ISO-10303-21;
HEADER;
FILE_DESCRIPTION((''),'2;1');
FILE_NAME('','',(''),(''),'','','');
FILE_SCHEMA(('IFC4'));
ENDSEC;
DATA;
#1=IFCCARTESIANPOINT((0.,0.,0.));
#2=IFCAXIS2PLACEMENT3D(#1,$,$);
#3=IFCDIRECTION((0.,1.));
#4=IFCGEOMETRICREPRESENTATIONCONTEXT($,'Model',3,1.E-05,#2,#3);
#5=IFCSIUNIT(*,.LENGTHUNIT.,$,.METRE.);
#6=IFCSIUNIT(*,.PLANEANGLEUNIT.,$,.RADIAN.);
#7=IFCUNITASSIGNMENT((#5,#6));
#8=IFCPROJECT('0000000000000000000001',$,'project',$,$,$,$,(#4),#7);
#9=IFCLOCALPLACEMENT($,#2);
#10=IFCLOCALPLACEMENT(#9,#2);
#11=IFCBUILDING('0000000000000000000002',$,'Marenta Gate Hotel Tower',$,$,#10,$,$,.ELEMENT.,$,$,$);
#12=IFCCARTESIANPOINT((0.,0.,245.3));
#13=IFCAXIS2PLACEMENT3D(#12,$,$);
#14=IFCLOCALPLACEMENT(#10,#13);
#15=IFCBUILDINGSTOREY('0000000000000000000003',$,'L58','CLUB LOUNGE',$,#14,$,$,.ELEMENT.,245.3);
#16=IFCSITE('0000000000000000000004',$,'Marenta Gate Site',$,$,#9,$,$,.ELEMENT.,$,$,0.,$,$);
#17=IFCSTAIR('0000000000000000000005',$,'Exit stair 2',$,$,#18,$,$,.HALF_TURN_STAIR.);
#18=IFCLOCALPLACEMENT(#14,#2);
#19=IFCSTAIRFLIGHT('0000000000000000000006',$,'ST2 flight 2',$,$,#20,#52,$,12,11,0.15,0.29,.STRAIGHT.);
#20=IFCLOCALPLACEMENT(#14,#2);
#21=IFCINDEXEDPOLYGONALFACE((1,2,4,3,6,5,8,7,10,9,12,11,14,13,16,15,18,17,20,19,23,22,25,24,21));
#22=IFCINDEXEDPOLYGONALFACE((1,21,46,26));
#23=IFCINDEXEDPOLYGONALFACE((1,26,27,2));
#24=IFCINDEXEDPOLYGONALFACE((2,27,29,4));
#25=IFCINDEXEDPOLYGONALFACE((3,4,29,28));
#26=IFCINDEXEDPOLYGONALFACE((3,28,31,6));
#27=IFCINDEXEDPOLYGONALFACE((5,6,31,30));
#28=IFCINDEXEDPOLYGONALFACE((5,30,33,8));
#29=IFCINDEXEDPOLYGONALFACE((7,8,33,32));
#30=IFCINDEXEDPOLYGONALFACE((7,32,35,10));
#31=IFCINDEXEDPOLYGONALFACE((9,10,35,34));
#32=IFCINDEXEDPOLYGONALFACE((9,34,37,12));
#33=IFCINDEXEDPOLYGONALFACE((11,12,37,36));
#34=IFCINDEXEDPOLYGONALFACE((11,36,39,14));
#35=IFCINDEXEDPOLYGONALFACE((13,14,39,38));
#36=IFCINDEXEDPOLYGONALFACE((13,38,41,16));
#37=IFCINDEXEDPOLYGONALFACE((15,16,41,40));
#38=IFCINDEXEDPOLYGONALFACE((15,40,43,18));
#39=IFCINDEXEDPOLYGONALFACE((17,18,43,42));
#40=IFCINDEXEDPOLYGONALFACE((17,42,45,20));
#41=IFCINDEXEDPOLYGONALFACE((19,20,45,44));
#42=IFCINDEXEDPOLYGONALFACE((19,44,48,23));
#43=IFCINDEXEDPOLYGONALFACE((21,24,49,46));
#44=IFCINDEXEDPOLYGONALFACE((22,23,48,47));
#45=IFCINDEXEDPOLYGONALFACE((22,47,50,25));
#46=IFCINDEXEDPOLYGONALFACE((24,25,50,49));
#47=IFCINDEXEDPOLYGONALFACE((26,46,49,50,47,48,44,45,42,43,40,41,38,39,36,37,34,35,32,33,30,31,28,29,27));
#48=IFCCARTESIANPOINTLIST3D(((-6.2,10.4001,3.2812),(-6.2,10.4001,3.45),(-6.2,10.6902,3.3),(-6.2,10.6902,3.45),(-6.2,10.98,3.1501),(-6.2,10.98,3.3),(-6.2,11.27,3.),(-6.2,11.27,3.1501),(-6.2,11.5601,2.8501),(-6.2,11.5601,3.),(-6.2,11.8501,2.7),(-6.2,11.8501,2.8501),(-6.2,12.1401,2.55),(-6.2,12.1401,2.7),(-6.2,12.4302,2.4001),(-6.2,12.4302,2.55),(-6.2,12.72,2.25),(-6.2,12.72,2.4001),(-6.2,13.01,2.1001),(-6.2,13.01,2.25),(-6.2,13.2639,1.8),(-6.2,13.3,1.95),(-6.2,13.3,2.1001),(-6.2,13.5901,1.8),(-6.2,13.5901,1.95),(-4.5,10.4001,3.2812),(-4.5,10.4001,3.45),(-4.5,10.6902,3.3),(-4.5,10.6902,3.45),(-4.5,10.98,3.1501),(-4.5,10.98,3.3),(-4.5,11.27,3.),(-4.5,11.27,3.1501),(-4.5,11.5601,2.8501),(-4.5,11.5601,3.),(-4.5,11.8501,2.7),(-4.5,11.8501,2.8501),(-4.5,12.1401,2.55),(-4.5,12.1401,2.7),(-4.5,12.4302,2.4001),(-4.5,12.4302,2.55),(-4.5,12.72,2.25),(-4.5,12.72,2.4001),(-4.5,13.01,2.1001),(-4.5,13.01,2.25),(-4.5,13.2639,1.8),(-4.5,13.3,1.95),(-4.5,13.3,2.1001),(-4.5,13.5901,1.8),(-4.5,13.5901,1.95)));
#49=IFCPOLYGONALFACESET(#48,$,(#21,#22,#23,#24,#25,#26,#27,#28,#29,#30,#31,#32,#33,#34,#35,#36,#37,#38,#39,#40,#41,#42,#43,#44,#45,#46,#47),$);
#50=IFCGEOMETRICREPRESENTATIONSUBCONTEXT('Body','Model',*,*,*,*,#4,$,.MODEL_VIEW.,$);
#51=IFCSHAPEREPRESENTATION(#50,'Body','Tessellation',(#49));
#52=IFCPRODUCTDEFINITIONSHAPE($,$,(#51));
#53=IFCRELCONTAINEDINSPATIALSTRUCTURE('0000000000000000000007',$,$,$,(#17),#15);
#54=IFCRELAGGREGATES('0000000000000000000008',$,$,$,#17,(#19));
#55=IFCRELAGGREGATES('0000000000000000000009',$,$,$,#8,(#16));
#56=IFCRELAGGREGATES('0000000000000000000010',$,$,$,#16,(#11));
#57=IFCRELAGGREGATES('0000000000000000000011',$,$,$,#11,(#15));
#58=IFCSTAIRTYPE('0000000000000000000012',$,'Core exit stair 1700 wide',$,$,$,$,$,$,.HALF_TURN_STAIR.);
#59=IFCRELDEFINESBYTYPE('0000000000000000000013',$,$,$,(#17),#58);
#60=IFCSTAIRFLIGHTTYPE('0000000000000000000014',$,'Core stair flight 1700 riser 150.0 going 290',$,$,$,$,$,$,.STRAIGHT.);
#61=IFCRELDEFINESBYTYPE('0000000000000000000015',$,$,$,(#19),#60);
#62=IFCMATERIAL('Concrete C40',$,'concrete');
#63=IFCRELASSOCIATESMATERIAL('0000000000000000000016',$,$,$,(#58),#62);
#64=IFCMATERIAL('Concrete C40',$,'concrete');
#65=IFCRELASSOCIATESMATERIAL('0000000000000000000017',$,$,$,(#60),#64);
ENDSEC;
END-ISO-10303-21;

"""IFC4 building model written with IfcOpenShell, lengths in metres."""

from ifc_helpers import new_model, si_unit, direction, frame, origin, place, context, subcontext, project, spatial, polyline, outline, extrude, material, type_object, element, aggregate, save


model = new_model("IFC4")

# Units and contexts
model_context = context("Model", 3, precision=1e-05, world=origin(), true_north=direction((0.0, 1.0)))
body_context = subcontext(model_context, "Body", "Model", "MODEL_VIEW")
ifc_project = project(units=[si_unit("LENGTHUNIT", "METRE"), si_unit("PLANEANGLEUNIT", "RADIAN")], contexts=[model_context])

# Site, building, storey
site_placement = place(None, origin())
site = spatial("IfcSite", under=ifc_project, at=site_placement, Name="Marenta Gate Site", CompositionType="ELEMENT", RefElevation=0.0)
building_placement = place(site_placement, origin())
building = spatial("IfcBuilding", under=site, at=building_placement, Name="Marenta Gate Hotel Tower", CompositionType="ELEMENT")
storey_placement = place(building_placement, frame((0.0, 0.0, 245.3)))
storey = spatial("IfcBuildingStorey", under=building, at=storey_placement, Name="L58", Description="CLUB LOUNGE", CompositionType="ELEMENT", Elevation=245.3)

# Stair, stair flight
ifc_material_1 = material(Name="Concrete C40", Category="concrete")
stair_type = type_object("IfcStairType", Name="Core exit stair 1700 wide", PredefinedType="HALF_TURN_STAIR", material=ifc_material_1)
stair_placement = place(storey_placement, origin())
stair = element("IfcStair", 1, at=stair_placement, inside=storey, type_object=stair_type, Name="Exit stair 2", PredefinedType="HALF_TURN_STAIR")
ifc_material_2 = material(Name="Concrete C40", Category="concrete")
stair_flight_type = type_object("IfcStairFlightType", Name="Core stair flight 1700 riser 150.0 going 290", PredefinedType="STRAIGHT", material=ifc_material_2)
stair_flight_1_placement = place(storey_placement, frame((-5.3501, 13.5901, 1.8), z_axis=(0.0, 0.0, 1.0), x_axis=(0.0, -1.0, 0.0)))
stair_flight_1 = element("IfcStairFlight", 2, at=stair_flight_1_placement, type_object=stair_flight_type, Name="ST2 flight 2", NumberOfRisers=12, NumberOfTreads=11, PredefinedType="STRAIGHT", RiserHeight=0.15, TreadLength=0.29, context=body_context, shape_type="SweptSolid", body=[
    extrude(outline(polyline([(0.0, 0.0), (0.0, 0.1499), (0.29, 0.1499), (0.29, 0.3), (0.5801, 0.3), (0.5801, 0.45), (0.8701, 0.45), (0.8701, 0.6001), (1.1599, 0.6001), (1.1599, 0.75), (1.45, 0.75), (1.45, 0.8999), (1.74, 0.8999), (1.74, 1.05), (2.03, 1.05), (2.03, 1.2), (2.3201, 1.2), (2.3201, 1.3501), (2.6101, 1.3501), (2.6101, 1.5), (2.8999, 1.5), (2.8999, 1.6499), (3.1899, 1.6499), (3.1899, 1.8), (3.1899, 1.4812), (0.3262, 0.0), (0.0, 0.0)])), frame((0.0, 0.8501, 0.0), z_axis=(0.0, -1.0, 0.0), x_axis=(1.0, 0.0, 0.0)), (0.0, 0.0, 1.0), 1.7),
])
aggregate(stair, [stair_flight_1])

save(model, "model.ifc")
